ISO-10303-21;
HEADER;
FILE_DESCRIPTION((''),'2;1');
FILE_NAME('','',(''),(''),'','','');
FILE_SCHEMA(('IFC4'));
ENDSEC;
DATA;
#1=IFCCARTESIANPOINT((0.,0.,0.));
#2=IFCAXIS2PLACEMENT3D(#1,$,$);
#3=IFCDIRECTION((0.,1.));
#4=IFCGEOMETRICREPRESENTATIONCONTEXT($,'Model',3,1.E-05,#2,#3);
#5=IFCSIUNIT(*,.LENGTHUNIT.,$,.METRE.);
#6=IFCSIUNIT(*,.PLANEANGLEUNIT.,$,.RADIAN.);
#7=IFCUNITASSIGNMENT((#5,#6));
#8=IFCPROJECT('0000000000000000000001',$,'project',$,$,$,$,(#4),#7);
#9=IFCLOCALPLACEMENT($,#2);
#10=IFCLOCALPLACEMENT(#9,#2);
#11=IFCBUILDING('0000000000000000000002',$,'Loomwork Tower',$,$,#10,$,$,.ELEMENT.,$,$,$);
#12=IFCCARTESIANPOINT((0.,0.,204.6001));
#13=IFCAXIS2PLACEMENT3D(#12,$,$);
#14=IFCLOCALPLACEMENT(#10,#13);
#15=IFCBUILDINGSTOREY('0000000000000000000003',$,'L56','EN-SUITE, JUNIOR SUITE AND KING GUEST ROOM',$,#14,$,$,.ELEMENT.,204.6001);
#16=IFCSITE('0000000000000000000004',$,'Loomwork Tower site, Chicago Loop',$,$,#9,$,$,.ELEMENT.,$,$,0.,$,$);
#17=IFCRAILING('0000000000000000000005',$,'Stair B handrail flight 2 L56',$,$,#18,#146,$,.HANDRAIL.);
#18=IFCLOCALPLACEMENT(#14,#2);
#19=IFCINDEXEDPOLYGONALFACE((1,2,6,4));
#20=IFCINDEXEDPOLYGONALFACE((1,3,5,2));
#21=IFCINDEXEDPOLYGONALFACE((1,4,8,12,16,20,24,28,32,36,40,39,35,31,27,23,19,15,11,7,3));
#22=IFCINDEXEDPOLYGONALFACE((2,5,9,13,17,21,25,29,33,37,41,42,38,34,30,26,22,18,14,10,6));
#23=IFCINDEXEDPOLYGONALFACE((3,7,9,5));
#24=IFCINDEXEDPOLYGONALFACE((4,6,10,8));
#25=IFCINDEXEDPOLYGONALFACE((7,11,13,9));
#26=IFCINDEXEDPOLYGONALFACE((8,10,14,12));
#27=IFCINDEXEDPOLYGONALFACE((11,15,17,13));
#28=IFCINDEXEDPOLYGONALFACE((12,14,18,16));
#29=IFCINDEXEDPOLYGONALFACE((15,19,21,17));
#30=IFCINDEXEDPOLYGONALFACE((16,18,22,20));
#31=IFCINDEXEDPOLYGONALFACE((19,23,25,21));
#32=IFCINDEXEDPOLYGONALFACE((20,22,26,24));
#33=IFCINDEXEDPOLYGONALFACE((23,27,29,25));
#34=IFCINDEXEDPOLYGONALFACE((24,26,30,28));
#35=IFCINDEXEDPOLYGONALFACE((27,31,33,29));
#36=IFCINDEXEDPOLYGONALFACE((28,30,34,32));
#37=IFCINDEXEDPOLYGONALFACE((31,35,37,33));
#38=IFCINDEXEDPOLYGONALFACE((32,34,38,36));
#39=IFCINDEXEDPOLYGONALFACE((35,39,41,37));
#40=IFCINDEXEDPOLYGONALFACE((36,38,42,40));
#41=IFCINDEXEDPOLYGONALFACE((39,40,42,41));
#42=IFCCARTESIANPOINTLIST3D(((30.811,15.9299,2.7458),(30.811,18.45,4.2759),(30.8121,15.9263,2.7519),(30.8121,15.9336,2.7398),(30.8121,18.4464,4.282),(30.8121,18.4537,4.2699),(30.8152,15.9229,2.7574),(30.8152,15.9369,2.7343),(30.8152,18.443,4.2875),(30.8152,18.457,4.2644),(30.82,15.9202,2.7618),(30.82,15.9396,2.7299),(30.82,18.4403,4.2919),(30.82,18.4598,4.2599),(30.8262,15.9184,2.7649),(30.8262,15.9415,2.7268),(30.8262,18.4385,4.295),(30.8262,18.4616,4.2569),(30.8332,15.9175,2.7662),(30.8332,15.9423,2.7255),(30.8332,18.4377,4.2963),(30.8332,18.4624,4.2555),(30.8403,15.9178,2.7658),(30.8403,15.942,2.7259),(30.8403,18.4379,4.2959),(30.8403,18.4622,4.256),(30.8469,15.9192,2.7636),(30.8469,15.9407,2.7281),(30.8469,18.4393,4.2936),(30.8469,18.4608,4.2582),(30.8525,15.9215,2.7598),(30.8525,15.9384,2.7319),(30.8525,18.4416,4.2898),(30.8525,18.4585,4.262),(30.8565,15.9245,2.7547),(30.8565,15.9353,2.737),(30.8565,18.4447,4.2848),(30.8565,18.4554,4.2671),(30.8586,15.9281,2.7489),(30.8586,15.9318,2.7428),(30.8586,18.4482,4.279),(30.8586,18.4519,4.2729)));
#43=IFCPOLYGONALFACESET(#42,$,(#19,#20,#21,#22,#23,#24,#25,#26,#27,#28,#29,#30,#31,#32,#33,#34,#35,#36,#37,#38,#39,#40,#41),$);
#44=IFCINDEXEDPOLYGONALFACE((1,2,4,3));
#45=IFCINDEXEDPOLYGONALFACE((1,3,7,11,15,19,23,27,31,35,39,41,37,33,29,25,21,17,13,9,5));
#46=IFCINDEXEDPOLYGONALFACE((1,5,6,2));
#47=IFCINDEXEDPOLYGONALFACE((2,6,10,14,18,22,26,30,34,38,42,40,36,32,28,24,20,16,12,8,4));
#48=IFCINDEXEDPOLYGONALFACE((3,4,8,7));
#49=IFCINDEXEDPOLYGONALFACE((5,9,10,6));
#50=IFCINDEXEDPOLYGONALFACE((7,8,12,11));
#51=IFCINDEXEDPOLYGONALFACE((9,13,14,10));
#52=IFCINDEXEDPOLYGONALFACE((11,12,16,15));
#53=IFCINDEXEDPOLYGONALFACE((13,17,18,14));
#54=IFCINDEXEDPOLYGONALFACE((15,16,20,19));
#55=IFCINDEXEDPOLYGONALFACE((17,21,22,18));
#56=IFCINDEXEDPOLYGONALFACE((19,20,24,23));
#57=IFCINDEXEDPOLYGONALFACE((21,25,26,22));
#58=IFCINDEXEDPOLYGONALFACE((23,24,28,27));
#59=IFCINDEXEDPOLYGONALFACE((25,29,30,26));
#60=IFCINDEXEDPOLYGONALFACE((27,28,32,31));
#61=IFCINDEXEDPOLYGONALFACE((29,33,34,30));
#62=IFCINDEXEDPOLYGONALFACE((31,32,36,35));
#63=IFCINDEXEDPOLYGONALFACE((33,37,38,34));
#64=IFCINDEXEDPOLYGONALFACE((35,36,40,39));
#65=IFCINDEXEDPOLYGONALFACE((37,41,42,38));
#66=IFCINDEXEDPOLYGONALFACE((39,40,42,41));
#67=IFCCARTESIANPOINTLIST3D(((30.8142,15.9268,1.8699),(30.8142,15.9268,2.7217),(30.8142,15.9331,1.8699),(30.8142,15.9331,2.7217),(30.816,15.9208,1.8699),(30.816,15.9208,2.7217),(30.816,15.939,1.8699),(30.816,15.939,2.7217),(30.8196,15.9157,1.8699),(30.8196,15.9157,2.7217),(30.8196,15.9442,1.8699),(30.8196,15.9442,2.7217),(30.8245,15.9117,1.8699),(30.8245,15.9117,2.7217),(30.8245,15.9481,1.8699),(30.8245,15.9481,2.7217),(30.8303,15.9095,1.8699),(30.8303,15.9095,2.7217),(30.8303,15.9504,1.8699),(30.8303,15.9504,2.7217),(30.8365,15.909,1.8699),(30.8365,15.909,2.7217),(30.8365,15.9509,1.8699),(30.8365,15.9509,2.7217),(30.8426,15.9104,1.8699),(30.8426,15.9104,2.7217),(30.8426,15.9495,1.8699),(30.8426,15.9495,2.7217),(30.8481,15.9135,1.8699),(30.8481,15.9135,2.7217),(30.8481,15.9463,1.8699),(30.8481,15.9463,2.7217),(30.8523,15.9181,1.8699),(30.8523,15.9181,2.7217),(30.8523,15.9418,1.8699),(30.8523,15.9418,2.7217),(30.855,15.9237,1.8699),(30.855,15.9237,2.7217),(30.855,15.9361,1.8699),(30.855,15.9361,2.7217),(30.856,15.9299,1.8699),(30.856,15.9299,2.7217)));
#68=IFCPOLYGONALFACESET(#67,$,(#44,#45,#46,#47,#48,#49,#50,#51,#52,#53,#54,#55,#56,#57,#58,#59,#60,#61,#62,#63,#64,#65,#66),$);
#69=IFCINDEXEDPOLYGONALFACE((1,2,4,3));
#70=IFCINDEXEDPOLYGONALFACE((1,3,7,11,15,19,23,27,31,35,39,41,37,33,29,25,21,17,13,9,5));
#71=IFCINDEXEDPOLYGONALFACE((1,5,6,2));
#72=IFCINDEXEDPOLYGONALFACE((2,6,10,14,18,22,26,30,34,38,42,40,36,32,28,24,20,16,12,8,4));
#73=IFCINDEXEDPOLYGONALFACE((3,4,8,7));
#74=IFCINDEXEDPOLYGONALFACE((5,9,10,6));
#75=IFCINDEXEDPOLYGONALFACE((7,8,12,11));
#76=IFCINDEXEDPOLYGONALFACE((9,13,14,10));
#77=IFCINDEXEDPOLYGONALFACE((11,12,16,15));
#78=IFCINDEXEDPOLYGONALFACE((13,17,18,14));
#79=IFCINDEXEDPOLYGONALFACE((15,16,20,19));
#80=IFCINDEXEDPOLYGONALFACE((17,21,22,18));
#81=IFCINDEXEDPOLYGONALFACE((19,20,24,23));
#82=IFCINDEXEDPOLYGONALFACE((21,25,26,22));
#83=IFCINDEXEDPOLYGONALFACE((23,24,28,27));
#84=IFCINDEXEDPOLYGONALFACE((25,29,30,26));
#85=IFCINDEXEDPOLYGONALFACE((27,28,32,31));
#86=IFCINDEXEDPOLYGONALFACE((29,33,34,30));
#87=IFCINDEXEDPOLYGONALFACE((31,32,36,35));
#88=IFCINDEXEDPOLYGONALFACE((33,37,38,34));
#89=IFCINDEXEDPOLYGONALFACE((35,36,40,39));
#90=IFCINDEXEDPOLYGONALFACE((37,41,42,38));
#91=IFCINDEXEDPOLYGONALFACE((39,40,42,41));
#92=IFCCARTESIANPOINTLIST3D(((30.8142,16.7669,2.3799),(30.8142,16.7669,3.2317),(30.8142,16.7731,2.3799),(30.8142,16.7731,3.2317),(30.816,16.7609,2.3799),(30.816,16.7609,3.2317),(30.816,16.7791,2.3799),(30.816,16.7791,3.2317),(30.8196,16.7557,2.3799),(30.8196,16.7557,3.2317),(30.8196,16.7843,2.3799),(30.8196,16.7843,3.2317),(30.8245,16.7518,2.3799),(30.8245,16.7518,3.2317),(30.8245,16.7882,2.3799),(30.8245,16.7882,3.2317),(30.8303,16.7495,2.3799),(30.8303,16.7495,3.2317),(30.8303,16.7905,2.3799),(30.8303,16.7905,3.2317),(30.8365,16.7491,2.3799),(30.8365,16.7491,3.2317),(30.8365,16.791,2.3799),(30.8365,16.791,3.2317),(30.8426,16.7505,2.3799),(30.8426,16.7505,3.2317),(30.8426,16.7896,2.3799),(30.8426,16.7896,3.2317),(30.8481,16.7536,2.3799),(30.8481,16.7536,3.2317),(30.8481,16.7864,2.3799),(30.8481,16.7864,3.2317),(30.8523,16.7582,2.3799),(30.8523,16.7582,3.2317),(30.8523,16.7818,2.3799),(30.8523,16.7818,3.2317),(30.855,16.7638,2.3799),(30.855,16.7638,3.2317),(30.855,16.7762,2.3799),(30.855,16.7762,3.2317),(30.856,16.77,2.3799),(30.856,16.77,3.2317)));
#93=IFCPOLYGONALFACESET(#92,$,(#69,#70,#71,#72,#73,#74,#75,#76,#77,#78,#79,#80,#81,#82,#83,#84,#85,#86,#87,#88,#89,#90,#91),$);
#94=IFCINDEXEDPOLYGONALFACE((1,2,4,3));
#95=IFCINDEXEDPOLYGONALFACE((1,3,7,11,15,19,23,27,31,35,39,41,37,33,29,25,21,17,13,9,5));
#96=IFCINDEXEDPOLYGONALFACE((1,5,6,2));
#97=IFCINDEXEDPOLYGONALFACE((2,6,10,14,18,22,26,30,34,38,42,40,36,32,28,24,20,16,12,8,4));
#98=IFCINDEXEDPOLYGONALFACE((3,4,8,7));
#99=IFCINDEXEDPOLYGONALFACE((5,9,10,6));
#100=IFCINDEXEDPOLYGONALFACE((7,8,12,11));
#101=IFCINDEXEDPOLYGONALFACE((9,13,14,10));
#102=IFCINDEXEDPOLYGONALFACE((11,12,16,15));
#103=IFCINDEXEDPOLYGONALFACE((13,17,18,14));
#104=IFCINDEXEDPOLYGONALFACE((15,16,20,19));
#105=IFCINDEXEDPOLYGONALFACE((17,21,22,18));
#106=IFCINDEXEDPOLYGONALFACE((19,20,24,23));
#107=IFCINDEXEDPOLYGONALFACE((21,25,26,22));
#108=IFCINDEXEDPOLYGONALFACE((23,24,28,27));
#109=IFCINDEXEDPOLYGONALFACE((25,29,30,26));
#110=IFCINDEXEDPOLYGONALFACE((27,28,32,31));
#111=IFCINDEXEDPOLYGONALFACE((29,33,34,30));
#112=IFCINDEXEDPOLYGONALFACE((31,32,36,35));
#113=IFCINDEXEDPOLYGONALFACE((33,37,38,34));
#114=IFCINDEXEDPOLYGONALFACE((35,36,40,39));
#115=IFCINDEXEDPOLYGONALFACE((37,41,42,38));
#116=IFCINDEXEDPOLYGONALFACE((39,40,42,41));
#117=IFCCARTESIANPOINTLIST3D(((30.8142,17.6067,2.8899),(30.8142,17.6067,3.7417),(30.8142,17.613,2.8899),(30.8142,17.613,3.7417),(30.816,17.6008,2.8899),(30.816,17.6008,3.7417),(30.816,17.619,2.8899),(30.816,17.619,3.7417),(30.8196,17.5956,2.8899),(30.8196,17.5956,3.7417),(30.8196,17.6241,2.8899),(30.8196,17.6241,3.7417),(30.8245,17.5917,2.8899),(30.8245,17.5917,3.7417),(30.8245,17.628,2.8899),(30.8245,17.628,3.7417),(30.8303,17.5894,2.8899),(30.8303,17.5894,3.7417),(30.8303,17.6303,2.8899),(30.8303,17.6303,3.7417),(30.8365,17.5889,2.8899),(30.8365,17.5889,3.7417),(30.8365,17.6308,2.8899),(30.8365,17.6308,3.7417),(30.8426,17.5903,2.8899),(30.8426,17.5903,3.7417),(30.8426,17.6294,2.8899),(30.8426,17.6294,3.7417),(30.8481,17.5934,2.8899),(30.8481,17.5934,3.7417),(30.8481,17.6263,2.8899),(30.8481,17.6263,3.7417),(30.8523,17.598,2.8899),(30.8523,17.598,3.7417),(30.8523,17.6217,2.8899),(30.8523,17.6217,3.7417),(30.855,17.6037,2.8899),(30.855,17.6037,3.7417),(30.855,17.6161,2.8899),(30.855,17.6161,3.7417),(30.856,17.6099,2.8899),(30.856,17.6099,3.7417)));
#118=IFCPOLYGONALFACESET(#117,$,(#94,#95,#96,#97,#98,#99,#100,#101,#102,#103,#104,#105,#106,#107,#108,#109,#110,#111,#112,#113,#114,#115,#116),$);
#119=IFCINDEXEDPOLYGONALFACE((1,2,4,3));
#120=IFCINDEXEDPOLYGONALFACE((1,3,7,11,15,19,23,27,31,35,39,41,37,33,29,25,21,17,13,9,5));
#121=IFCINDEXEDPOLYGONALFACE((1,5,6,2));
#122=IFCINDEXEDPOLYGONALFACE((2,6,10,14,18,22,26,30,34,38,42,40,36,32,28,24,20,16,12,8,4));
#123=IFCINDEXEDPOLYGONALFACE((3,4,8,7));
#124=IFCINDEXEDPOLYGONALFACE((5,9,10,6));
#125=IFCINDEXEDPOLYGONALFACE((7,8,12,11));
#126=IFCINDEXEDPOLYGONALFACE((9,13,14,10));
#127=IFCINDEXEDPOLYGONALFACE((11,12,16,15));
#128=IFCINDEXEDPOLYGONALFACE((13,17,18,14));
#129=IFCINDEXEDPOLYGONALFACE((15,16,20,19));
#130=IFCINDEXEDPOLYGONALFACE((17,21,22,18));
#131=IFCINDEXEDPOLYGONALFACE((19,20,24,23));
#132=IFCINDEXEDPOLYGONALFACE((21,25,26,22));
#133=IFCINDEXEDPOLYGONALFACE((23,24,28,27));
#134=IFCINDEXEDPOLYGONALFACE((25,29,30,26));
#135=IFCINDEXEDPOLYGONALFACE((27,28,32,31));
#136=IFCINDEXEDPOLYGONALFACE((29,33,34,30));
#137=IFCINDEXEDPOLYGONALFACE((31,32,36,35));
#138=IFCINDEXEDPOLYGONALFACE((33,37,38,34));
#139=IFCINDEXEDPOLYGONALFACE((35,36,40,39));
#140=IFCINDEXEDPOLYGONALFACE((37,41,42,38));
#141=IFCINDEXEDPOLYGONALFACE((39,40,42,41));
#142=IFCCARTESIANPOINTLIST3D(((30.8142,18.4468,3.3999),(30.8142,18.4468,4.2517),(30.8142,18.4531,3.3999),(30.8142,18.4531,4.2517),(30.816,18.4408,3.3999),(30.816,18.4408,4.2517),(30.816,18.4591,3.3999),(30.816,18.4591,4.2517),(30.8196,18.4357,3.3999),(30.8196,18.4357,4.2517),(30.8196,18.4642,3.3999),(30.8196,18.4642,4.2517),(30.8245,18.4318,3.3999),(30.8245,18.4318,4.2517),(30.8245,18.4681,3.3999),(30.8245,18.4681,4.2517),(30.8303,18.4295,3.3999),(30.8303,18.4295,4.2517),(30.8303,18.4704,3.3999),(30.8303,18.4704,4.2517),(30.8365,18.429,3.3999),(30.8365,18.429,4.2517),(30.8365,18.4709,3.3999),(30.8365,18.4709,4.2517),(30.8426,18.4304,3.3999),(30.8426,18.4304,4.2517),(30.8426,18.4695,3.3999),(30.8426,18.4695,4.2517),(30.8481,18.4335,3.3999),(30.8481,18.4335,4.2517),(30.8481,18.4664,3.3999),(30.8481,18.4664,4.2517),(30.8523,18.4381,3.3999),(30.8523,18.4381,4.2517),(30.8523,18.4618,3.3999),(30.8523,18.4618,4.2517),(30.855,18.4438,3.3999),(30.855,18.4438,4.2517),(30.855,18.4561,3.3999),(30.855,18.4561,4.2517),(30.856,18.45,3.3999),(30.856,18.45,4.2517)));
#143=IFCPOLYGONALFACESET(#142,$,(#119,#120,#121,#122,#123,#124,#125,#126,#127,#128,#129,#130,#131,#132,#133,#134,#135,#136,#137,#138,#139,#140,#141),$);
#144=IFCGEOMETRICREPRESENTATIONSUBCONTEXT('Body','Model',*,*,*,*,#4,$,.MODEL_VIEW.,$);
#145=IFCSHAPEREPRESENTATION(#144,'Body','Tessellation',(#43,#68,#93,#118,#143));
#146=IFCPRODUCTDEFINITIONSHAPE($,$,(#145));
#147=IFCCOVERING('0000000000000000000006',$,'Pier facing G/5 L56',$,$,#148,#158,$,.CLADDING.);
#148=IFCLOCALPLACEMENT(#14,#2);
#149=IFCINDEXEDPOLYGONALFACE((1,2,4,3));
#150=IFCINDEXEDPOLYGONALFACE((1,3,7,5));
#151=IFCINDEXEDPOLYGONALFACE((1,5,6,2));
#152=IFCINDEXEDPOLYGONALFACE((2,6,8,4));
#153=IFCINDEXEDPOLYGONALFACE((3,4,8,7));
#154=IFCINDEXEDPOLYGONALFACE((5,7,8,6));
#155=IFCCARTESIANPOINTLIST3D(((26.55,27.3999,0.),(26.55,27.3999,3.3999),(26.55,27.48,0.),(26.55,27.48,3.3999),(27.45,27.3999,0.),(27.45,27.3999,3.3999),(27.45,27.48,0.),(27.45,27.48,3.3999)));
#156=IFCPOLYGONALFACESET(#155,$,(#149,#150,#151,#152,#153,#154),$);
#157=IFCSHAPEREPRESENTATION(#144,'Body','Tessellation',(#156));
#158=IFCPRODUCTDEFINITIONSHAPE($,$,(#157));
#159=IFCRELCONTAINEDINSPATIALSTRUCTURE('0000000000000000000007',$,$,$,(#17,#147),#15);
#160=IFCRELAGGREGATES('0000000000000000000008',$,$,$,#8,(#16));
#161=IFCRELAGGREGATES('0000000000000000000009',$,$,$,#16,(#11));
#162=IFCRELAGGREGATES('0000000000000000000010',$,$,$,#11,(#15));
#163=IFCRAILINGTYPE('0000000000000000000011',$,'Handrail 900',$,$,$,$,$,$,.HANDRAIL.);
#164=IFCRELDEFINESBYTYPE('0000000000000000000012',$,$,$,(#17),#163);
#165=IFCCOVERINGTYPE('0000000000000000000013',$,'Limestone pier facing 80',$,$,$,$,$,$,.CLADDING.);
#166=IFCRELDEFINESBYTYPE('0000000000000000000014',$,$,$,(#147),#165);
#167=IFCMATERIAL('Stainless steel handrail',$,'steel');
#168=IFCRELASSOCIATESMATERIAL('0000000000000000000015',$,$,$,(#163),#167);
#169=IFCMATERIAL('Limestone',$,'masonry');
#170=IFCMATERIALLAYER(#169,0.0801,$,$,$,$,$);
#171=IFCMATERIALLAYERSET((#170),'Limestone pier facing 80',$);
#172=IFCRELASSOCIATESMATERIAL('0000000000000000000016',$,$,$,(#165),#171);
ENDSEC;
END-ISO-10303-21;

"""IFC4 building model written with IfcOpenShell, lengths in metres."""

from ifc_helpers import new_model, si_unit, direction, frame, origin, origin_2d, place, context, subcontext, project, spatial, rectangle, circle, extrude, material, layer, layer_set, type_object, element, save


model = new_model("IFC4")

# Units and contexts
model_context = context("Model", 3, precision=1e-05, world=origin(), true_north=direction((0.0, 1.0)))
body_context = subcontext(model_context, "Body", "Model", "MODEL_VIEW")
ifc_project = project(units=[si_unit("LENGTHUNIT", "METRE"), si_unit("PLANEANGLEUNIT", "RADIAN")], contexts=[model_context])

# Site, building, storey
site_placement = place(None, origin())
site = spatial("IfcSite", under=ifc_project, at=site_placement, Name="Loomwork Tower site, Chicago Loop", CompositionType="ELEMENT", RefElevation=0.0)
building_placement = place(site_placement, origin())
building = spatial("IfcBuilding", under=site, at=building_placement, Name="Loomwork Tower", CompositionType="ELEMENT")
storey_placement = place(building_placement, frame((0.0, 0.0, 204.6001)))
storey = spatial("IfcBuildingStorey", under=building, at=storey_placement, Name="L56", Description="EN-SUITE, JUNIOR SUITE AND KING GUEST ROOM", CompositionType="ELEMENT", Elevation=204.6001)

# Railing
ifc_material_1 = material(Name="Stainless steel handrail", Category="steel")
railing_type = type_object("IfcRailingType", Name="Handrail 900", PredefinedType="HANDRAIL", material=ifc_material_1)
railing_placement = place(storey_placement, frame((30.835, 15.9299, 1.8699)))
element("IfcRailing", 1, at=railing_placement, inside=storey, type_object=railing_type, Name="Stair B handrail flight 2 L56", PredefinedType="HANDRAIL", context=body_context, shape_type="SweptSolid", body=[
    extrude(circle(Radius=0.0239, at=origin_2d()), frame((0.0, 0.0, 0.876), z_axis=(0.0, 0.854785, 0.518982), x_axis=(-1.0, 0.0, 0.0)), (0.0, 0.0, 1.0), 2.9482),
    extrude(circle(Radius=0.021, at=origin_2d()), origin(), (0.0, 0.0, 1.0), 0.8518),
    extrude(circle(Radius=0.021, at=origin_2d()), frame((0.0, 0.8401, 0.51)), (0.0, 0.0, 1.0), 0.8518),
    extrude(circle(Radius=0.021, at=origin_2d()), frame((0.0, 1.6799, 1.02)), (0.0, 0.0, 1.0), 0.8518),
    extrude(circle(Radius=0.021, at=origin_2d()), frame((0.0, 2.52, 1.53)), (0.0, 0.0, 1.0), 0.8518),
])

# Covering
ifc_material_2 = material(Name="Limestone", Category="masonry")
ifc_layer_1 = layer(ifc_material_2, 0.0801)
ifc_layer_set_1 = layer_set([ifc_layer_1], Name="Limestone pier facing 80")
covering_type = type_object("IfcCoveringType", Name="Limestone pier facing 80", PredefinedType="CLADDING", material=ifc_layer_set_1)
covering_placement = place(storey_placement, frame((27.0, 27.4399, 0.0), z_axis=(0.0, 0.0, 1.0), x_axis=(1.0, 0.0, 0.0)))
element("IfcCovering", 2, at=covering_placement, inside=storey, type_object=covering_type, Name="Pier facing G/5 L56", PredefinedType="CLADDING", context=body_context, shape_type="SweptSolid", body=[
    extrude(rectangle(XDim=0.8999, YDim=0.0801, at=origin_2d()), origin(), (0.0, 0.0, 1.0), 3.3999),
])

save(model, "model.ifc")
